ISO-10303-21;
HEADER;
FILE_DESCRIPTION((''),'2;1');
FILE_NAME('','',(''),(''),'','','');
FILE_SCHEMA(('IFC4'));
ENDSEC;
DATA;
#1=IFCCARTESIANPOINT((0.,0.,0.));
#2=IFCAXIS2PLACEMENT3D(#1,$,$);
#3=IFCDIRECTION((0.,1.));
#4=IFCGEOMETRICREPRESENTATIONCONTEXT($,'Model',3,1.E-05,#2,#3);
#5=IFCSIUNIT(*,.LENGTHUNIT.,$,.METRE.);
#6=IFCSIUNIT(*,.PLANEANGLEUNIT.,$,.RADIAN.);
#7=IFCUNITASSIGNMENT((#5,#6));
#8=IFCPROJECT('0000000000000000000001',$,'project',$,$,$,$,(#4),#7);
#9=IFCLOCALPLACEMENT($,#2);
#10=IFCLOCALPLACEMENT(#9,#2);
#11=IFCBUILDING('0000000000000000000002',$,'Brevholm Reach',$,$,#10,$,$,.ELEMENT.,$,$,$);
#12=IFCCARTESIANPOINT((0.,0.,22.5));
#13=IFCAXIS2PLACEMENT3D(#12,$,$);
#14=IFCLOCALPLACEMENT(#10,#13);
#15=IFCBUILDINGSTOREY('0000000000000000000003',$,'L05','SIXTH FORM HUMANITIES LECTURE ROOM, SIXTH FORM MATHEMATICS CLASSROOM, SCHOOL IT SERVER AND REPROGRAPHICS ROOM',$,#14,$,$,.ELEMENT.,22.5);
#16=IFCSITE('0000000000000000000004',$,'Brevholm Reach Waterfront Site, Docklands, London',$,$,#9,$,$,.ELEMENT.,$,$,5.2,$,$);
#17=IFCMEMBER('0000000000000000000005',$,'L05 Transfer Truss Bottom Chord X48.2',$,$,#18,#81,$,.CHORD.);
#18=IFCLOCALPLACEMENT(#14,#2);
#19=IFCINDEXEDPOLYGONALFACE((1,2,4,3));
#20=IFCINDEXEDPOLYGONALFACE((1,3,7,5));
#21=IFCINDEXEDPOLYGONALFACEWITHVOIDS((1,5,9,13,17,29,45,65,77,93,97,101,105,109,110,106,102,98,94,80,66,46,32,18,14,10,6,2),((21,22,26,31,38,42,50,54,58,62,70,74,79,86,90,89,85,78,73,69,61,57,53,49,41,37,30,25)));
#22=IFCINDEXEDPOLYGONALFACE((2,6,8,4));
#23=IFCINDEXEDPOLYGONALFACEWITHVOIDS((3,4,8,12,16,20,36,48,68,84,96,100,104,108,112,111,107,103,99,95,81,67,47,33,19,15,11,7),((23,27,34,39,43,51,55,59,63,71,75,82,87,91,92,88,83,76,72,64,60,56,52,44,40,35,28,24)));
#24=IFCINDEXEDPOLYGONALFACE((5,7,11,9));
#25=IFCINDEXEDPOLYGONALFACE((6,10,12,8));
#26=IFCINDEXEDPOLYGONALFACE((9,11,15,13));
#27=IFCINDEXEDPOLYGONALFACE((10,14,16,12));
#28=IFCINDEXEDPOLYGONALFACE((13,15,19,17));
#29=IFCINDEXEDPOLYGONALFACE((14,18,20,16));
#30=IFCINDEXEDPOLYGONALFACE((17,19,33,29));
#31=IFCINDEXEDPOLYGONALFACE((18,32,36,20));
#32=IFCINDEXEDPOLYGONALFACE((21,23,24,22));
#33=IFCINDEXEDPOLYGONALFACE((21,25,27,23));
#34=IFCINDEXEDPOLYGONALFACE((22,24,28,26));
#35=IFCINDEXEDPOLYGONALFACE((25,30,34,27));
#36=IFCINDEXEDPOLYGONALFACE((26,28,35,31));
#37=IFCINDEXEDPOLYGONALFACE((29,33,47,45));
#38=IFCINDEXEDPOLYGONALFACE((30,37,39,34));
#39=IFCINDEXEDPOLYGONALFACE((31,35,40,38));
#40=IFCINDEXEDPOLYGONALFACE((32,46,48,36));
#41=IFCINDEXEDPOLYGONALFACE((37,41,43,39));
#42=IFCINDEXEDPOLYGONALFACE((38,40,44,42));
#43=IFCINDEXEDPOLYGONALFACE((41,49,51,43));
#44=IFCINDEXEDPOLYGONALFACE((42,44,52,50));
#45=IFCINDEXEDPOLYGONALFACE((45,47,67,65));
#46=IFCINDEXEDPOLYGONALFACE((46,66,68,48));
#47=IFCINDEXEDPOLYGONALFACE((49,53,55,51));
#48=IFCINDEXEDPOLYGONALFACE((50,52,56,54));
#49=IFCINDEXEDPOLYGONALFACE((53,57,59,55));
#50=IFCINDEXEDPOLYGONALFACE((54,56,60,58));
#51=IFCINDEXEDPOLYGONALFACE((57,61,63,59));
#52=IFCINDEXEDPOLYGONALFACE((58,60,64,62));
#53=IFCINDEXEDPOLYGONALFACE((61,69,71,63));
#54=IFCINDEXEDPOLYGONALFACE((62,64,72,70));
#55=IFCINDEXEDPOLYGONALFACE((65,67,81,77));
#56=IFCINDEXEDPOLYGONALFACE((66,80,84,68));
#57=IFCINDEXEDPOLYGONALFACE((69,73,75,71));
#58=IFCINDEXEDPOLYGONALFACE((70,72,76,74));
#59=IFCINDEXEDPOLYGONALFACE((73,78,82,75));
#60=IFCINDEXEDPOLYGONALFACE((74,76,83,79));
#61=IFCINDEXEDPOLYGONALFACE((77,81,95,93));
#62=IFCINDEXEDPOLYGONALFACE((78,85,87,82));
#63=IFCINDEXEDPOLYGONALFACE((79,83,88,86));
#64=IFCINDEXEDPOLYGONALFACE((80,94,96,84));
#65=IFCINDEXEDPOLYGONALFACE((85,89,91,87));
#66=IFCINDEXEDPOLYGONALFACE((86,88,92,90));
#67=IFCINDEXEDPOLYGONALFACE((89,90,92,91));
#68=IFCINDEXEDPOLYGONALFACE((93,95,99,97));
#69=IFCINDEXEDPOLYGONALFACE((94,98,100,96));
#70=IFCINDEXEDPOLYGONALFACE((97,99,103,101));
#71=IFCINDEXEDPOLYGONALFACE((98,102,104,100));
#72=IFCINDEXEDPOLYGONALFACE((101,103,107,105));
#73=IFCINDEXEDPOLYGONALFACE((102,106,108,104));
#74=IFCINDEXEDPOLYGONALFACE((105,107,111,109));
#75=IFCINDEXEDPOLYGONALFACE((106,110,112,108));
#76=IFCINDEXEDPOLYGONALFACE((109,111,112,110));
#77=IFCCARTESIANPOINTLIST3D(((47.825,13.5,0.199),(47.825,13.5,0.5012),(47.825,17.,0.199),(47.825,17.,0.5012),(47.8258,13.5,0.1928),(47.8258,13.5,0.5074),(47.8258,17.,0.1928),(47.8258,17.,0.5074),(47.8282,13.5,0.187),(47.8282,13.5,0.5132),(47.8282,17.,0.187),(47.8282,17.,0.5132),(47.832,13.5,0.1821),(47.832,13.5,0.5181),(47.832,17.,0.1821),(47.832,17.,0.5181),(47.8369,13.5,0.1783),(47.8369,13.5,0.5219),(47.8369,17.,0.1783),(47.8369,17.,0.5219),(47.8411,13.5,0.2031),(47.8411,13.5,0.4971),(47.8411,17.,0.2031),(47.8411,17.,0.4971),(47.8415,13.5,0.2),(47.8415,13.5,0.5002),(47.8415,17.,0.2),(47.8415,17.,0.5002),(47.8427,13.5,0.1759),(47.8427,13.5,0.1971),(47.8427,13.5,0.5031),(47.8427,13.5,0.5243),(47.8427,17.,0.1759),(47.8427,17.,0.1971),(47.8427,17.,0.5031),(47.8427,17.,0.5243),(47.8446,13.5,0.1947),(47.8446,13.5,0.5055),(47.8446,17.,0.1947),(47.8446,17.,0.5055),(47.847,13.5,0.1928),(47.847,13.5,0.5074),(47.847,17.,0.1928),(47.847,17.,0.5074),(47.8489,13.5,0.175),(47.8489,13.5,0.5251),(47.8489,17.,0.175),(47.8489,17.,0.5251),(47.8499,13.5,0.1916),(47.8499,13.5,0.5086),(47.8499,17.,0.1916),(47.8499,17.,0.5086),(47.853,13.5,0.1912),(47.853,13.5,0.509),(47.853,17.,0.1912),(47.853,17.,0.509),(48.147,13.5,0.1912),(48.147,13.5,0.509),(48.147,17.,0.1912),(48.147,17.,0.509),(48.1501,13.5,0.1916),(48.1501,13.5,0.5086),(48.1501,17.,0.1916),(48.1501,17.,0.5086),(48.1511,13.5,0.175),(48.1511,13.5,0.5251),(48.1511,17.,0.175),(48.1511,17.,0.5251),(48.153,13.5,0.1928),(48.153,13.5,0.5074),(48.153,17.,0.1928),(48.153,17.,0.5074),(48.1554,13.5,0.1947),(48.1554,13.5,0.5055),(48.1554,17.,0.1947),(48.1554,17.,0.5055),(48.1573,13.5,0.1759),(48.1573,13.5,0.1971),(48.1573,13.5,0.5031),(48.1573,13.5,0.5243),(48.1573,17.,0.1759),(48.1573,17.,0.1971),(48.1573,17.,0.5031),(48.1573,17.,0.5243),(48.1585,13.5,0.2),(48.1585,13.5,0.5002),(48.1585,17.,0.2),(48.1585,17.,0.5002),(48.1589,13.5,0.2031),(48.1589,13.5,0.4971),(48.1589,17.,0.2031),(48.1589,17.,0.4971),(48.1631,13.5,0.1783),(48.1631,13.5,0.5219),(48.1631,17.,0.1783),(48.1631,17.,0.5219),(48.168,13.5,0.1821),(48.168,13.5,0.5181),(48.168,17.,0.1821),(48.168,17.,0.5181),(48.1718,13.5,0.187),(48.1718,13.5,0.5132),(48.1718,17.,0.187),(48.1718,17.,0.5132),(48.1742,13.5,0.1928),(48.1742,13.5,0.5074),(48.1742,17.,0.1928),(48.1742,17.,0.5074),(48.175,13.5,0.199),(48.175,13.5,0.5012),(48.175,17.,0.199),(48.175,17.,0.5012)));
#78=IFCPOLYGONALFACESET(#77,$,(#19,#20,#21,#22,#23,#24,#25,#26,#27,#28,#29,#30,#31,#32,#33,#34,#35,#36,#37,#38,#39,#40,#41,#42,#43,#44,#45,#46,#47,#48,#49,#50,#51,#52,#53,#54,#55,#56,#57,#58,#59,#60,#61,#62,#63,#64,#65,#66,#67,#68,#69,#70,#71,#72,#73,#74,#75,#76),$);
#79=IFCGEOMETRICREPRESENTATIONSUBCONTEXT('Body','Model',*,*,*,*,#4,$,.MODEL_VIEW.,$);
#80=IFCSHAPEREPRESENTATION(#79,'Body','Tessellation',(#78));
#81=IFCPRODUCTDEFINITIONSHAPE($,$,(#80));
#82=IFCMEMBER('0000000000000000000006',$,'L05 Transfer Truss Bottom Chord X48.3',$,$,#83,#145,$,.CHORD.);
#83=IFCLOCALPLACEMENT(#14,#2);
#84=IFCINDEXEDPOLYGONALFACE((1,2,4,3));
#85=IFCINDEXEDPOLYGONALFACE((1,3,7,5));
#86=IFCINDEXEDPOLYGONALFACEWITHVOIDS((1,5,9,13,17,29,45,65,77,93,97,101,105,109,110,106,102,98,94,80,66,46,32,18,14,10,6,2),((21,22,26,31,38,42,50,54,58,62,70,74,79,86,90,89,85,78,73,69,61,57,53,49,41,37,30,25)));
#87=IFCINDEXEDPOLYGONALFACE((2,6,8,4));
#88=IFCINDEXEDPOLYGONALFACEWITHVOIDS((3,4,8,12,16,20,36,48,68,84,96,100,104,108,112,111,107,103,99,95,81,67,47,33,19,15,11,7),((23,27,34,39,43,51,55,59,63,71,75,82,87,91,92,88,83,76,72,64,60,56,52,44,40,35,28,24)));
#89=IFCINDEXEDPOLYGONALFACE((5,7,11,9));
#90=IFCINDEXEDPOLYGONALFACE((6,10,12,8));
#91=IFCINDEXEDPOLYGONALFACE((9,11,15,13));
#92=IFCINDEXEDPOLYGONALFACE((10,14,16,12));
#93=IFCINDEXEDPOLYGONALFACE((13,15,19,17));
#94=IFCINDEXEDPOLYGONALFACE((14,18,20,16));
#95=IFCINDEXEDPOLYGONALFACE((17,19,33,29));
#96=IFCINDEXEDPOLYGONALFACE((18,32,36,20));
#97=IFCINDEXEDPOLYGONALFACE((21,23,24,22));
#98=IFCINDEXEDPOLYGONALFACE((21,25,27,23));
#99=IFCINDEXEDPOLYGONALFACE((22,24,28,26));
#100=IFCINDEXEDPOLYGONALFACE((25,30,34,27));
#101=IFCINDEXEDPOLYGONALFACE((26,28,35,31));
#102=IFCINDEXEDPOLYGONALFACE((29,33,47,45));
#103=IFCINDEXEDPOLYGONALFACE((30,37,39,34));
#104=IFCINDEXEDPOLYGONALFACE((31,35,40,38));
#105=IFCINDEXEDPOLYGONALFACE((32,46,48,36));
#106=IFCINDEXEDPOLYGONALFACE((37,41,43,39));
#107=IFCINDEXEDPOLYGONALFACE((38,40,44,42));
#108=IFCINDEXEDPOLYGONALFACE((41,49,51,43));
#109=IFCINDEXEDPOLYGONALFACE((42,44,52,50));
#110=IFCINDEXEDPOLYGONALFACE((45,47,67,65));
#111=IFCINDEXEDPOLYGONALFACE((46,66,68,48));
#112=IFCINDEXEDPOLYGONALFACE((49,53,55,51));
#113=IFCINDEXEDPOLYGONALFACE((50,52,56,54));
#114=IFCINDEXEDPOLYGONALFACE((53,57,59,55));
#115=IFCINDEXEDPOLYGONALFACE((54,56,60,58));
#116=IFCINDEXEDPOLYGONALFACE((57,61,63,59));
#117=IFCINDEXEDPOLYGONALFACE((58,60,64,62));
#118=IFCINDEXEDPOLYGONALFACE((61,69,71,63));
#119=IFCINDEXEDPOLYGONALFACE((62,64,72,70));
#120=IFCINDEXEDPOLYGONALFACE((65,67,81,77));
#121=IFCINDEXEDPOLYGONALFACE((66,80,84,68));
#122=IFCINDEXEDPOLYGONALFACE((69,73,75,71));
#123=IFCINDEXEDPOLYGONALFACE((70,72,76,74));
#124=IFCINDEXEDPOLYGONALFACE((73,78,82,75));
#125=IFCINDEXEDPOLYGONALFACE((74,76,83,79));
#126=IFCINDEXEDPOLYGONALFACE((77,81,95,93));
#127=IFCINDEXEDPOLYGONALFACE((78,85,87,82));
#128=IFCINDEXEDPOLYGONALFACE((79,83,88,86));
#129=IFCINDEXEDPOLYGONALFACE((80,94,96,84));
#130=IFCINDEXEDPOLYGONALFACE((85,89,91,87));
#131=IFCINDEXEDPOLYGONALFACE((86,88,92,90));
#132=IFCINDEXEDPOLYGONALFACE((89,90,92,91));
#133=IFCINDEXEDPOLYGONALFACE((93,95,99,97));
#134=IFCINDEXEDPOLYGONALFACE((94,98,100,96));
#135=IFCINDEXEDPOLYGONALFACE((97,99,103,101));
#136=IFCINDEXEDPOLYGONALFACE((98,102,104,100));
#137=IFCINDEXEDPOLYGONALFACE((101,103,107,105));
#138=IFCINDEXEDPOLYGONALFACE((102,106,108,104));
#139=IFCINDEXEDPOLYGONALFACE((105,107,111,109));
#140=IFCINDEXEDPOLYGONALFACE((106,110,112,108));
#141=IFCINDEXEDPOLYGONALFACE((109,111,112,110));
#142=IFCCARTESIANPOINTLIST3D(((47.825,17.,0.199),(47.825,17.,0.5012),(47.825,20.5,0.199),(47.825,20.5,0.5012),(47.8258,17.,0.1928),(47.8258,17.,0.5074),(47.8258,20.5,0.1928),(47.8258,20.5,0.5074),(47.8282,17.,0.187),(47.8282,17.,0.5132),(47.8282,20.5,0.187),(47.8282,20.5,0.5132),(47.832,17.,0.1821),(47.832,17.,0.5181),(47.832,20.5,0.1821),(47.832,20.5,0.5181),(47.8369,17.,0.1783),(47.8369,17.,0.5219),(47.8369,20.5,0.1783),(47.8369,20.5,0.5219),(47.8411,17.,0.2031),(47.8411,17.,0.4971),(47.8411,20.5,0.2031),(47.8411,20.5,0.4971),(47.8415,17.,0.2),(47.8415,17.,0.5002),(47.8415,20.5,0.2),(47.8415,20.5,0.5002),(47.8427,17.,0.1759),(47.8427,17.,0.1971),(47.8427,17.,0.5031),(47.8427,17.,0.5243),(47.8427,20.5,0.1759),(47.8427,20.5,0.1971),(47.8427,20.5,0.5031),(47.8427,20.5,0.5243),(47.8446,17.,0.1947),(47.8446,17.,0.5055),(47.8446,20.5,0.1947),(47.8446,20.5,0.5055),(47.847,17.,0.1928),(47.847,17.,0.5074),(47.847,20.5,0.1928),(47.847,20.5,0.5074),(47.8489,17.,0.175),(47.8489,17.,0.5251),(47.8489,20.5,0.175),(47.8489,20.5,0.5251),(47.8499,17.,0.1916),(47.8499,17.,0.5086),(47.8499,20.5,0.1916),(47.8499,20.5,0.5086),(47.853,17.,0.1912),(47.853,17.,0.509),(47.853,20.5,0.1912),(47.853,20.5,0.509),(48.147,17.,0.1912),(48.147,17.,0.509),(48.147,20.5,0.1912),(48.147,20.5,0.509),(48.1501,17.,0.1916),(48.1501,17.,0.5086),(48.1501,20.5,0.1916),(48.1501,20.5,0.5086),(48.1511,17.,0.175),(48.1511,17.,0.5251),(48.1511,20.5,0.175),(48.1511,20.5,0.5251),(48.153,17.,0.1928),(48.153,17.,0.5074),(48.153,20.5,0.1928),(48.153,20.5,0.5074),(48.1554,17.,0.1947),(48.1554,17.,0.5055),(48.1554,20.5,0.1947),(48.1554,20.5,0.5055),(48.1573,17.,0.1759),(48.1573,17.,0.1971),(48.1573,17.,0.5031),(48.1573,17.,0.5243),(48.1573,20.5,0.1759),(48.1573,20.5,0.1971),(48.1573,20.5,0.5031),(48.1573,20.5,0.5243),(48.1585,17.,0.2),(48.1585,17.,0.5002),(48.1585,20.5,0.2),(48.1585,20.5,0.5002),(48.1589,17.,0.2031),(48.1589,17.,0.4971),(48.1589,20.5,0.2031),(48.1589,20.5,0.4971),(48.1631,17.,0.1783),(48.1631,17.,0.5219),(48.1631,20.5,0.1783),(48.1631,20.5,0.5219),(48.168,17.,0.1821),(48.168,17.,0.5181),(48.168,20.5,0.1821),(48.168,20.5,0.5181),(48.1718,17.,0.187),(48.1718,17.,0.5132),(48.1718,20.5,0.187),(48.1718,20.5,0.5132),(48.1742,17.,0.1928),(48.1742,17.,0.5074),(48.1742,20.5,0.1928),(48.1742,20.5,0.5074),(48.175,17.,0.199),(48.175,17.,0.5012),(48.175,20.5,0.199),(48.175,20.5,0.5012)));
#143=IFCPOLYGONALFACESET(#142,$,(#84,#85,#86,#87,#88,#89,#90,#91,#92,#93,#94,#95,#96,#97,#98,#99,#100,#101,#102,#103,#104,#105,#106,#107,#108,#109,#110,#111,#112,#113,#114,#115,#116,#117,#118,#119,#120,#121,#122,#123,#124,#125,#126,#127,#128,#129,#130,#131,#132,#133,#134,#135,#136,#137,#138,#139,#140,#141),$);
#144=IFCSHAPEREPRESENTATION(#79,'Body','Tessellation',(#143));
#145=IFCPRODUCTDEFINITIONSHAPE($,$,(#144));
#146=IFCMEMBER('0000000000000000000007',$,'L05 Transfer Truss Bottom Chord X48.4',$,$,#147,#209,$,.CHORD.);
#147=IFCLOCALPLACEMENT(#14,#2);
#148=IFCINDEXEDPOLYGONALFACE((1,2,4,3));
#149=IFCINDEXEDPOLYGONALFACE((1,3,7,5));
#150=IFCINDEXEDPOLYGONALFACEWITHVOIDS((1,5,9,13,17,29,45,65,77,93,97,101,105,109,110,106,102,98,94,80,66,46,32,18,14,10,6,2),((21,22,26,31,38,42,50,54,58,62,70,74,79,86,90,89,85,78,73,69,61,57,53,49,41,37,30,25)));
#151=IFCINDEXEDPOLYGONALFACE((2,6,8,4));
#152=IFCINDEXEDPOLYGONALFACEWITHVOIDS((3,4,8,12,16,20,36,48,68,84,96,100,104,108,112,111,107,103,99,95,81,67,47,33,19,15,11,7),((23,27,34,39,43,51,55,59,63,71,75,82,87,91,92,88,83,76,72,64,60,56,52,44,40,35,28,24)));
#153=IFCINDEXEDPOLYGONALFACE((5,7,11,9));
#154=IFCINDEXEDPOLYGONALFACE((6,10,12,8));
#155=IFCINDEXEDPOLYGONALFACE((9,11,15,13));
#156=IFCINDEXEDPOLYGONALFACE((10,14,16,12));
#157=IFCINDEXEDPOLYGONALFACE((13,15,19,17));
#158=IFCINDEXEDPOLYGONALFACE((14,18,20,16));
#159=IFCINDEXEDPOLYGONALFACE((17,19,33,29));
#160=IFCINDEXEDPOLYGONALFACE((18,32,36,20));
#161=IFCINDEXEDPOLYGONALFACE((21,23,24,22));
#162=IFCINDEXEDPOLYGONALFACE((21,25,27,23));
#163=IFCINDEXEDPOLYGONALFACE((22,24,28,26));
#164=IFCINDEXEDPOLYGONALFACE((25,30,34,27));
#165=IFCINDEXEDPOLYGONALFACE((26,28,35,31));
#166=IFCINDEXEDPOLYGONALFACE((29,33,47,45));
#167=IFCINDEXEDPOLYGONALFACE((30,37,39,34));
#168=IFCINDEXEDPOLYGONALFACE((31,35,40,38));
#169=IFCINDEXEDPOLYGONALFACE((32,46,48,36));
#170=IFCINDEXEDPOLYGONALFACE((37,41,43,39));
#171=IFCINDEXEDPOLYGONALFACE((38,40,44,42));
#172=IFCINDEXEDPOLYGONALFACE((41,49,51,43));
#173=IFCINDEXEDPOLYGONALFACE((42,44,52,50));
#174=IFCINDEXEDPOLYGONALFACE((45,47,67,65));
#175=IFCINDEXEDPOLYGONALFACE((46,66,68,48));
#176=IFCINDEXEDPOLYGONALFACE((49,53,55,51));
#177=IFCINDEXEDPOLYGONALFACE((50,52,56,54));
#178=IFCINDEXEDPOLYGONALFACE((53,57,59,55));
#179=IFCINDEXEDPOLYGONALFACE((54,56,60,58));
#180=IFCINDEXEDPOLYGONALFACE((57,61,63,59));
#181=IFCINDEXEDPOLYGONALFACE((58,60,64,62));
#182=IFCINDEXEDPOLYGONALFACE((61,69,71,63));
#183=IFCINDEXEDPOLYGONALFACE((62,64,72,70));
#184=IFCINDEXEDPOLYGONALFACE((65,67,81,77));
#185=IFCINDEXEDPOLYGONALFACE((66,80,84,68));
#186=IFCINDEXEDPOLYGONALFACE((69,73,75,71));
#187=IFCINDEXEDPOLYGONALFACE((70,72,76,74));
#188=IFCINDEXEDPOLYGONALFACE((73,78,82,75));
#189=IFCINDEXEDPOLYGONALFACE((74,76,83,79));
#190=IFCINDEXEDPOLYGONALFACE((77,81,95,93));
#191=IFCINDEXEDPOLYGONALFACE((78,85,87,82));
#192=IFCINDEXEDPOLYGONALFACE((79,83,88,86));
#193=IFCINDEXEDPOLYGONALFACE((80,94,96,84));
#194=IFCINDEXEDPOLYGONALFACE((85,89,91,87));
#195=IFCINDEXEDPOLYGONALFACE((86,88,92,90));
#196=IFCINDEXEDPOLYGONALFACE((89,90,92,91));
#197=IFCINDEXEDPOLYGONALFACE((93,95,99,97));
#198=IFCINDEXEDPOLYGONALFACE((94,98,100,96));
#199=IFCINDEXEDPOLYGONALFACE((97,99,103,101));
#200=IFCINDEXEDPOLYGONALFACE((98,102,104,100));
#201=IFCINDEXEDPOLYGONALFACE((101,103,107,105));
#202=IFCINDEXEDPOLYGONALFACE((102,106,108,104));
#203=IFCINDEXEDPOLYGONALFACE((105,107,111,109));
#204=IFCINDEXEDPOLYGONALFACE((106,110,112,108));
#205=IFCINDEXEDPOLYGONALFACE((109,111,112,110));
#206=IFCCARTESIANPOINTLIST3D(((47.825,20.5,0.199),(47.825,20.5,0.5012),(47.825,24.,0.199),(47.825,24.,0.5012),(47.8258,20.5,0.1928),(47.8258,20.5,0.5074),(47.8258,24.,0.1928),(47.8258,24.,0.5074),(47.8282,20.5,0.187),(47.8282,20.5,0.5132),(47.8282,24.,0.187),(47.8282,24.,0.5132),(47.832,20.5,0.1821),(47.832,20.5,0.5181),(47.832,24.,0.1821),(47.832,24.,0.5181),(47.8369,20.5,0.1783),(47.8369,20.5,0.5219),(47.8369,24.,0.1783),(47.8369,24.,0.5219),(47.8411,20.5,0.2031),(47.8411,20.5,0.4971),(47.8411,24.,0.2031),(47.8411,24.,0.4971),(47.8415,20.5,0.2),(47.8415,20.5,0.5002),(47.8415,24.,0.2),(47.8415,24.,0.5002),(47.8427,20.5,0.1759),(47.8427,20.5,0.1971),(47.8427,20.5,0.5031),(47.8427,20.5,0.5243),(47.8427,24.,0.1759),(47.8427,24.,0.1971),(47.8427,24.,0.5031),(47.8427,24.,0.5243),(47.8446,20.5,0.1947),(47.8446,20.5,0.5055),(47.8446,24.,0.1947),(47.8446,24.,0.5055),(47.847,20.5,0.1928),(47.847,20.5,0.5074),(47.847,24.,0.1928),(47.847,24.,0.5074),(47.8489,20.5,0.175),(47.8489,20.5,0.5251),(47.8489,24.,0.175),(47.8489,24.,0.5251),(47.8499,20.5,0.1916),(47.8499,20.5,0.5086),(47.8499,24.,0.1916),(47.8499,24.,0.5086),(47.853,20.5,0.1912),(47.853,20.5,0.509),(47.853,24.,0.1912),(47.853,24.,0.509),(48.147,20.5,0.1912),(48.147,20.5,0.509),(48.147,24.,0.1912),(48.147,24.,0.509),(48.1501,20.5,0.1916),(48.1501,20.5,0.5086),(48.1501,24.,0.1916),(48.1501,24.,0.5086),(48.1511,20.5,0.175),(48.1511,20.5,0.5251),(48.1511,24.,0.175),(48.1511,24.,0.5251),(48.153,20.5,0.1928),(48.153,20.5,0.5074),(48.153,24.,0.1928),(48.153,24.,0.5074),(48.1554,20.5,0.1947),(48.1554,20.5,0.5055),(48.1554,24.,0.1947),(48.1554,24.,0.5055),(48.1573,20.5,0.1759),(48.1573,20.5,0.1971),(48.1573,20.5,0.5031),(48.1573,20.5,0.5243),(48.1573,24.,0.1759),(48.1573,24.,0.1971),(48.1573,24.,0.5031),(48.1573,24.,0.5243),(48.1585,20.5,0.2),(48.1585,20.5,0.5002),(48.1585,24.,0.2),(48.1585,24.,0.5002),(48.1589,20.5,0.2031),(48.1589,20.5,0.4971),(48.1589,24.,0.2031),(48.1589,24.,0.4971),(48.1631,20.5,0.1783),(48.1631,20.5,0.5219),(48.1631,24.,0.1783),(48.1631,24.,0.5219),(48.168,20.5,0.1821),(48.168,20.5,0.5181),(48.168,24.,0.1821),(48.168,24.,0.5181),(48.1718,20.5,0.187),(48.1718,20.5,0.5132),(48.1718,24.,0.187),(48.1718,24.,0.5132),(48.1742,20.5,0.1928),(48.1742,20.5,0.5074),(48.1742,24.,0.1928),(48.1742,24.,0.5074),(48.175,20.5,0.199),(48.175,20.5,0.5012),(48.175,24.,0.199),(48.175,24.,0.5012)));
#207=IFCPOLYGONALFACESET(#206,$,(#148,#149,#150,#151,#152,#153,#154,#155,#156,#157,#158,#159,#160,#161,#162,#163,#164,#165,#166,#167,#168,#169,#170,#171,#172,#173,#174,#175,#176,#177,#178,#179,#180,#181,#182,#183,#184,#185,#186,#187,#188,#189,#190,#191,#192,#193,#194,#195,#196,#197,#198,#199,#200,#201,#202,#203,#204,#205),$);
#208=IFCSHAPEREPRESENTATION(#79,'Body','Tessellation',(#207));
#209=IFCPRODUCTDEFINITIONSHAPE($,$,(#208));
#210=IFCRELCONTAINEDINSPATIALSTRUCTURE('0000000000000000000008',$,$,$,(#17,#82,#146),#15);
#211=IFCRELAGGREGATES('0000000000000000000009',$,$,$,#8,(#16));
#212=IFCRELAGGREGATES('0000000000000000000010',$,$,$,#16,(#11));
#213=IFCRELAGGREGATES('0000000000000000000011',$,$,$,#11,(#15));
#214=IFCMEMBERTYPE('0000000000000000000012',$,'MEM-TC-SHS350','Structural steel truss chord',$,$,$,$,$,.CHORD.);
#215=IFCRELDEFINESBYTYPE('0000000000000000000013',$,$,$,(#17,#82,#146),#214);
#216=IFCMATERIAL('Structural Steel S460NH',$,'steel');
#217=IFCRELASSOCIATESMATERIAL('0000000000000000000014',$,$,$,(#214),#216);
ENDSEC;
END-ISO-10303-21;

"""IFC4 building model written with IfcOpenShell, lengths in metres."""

from ifc_helpers import new_model, si_unit, direction, frame, origin, origin_2d, place, context, subcontext, project, spatial, hollow_rectangle, extrude, material, material_profile, profile_set, type_object, element, save


model = new_model("IFC4")

# Units and contexts
model_context = context("Model", 3, precision=1e-05, world=origin(), true_north=direction((0.0, 1.0)))
body_context = subcontext(model_context, "Body", "Model", "MODEL_VIEW")
ifc_project = project(units=[si_unit("LENGTHUNIT", "METRE"), si_unit("PLANEANGLEUNIT", "RADIAN")], contexts=[model_context])

# Site, building, storey
site_placement = place(None, origin())
site = spatial("IfcSite", under=ifc_project, at=site_placement, Name="Brevholm Reach Waterfront Site, Docklands, London", CompositionType="ELEMENT", RefElevation=5.2)
building_placement = place(site_placement, origin())
building = spatial("IfcBuilding", under=site, at=building_placement, Name="Brevholm Reach", CompositionType="ELEMENT")
storey_placement = place(building_placement, frame((0.0, 0.0, 22.5)))
storey = spatial("IfcBuildingStorey", under=building, at=storey_placement, Name="L05", Description="SIXTH FORM HUMANITIES LECTURE ROOM, SIXTH FORM MATHEMATICS CLASSROOM, SCHOOL IT SERVER AND REPROGRAPHICS ROOM", CompositionType="ELEMENT", Elevation=22.5)

# Members
ifc_material_1 = material(Name="Structural Steel S460NH", Category="steel")
ifc_material_profile_1 = material_profile(ifc_material_1, hollow_rectangle(XDim=0.3501, YDim=0.3501, WallThickness=0.0161, InnerFilletRadius=0.012, OuterFilletRadius=0.0239, at=origin_2d()), Name="SHS 350x350x16")
ifc_profile_set_1 = profile_set([ifc_material_profile_1], Name="Structural Steel S460NH")
member_type_1 = type_object("IfcMemberType", Name="MEM-TC-SHS350", Description="Structural steel truss chord", PredefinedType="CHORD", material=ifc_profile_set_1)
for number, where, z_axis, x_axis, name in (
    (1, (48.0, 13.5, 0.3501), (0.0, 1.0, 0.0), (-1.0, 0.0, 0.0), "L05 Transfer Truss Bottom Chord X48.2"),
    (2, (48.0, 17.0, 0.3501), (0.0, 1.0, 0.0), (-1.0, 0.0, 0.0), "L05 Transfer Truss Bottom Chord X48.3"),
    (3, (48.0, 20.5, 0.3501), (0.0, 1.0, 0.0), (-1.0, 0.0, 0.0), "L05 Transfer Truss Bottom Chord X48.4"),
):
    element("IfcMember", number, at=place(storey_placement, frame(where, z_axis=z_axis, x_axis=x_axis)), inside=storey, type_object=member_type_1, Name=name, PredefinedType="CHORD", context=body_context, shape_type="SweptSolid", body=[
        extrude(hollow_rectangle(XDim=0.3501, YDim=0.3501, WallThickness=0.0161, InnerFilletRadius=0.012, OuterFilletRadius=0.0239, at=origin_2d()), origin(), (0.0, 0.0, 1.0), 3.5),
    ])

save(model, "model.ifc")
